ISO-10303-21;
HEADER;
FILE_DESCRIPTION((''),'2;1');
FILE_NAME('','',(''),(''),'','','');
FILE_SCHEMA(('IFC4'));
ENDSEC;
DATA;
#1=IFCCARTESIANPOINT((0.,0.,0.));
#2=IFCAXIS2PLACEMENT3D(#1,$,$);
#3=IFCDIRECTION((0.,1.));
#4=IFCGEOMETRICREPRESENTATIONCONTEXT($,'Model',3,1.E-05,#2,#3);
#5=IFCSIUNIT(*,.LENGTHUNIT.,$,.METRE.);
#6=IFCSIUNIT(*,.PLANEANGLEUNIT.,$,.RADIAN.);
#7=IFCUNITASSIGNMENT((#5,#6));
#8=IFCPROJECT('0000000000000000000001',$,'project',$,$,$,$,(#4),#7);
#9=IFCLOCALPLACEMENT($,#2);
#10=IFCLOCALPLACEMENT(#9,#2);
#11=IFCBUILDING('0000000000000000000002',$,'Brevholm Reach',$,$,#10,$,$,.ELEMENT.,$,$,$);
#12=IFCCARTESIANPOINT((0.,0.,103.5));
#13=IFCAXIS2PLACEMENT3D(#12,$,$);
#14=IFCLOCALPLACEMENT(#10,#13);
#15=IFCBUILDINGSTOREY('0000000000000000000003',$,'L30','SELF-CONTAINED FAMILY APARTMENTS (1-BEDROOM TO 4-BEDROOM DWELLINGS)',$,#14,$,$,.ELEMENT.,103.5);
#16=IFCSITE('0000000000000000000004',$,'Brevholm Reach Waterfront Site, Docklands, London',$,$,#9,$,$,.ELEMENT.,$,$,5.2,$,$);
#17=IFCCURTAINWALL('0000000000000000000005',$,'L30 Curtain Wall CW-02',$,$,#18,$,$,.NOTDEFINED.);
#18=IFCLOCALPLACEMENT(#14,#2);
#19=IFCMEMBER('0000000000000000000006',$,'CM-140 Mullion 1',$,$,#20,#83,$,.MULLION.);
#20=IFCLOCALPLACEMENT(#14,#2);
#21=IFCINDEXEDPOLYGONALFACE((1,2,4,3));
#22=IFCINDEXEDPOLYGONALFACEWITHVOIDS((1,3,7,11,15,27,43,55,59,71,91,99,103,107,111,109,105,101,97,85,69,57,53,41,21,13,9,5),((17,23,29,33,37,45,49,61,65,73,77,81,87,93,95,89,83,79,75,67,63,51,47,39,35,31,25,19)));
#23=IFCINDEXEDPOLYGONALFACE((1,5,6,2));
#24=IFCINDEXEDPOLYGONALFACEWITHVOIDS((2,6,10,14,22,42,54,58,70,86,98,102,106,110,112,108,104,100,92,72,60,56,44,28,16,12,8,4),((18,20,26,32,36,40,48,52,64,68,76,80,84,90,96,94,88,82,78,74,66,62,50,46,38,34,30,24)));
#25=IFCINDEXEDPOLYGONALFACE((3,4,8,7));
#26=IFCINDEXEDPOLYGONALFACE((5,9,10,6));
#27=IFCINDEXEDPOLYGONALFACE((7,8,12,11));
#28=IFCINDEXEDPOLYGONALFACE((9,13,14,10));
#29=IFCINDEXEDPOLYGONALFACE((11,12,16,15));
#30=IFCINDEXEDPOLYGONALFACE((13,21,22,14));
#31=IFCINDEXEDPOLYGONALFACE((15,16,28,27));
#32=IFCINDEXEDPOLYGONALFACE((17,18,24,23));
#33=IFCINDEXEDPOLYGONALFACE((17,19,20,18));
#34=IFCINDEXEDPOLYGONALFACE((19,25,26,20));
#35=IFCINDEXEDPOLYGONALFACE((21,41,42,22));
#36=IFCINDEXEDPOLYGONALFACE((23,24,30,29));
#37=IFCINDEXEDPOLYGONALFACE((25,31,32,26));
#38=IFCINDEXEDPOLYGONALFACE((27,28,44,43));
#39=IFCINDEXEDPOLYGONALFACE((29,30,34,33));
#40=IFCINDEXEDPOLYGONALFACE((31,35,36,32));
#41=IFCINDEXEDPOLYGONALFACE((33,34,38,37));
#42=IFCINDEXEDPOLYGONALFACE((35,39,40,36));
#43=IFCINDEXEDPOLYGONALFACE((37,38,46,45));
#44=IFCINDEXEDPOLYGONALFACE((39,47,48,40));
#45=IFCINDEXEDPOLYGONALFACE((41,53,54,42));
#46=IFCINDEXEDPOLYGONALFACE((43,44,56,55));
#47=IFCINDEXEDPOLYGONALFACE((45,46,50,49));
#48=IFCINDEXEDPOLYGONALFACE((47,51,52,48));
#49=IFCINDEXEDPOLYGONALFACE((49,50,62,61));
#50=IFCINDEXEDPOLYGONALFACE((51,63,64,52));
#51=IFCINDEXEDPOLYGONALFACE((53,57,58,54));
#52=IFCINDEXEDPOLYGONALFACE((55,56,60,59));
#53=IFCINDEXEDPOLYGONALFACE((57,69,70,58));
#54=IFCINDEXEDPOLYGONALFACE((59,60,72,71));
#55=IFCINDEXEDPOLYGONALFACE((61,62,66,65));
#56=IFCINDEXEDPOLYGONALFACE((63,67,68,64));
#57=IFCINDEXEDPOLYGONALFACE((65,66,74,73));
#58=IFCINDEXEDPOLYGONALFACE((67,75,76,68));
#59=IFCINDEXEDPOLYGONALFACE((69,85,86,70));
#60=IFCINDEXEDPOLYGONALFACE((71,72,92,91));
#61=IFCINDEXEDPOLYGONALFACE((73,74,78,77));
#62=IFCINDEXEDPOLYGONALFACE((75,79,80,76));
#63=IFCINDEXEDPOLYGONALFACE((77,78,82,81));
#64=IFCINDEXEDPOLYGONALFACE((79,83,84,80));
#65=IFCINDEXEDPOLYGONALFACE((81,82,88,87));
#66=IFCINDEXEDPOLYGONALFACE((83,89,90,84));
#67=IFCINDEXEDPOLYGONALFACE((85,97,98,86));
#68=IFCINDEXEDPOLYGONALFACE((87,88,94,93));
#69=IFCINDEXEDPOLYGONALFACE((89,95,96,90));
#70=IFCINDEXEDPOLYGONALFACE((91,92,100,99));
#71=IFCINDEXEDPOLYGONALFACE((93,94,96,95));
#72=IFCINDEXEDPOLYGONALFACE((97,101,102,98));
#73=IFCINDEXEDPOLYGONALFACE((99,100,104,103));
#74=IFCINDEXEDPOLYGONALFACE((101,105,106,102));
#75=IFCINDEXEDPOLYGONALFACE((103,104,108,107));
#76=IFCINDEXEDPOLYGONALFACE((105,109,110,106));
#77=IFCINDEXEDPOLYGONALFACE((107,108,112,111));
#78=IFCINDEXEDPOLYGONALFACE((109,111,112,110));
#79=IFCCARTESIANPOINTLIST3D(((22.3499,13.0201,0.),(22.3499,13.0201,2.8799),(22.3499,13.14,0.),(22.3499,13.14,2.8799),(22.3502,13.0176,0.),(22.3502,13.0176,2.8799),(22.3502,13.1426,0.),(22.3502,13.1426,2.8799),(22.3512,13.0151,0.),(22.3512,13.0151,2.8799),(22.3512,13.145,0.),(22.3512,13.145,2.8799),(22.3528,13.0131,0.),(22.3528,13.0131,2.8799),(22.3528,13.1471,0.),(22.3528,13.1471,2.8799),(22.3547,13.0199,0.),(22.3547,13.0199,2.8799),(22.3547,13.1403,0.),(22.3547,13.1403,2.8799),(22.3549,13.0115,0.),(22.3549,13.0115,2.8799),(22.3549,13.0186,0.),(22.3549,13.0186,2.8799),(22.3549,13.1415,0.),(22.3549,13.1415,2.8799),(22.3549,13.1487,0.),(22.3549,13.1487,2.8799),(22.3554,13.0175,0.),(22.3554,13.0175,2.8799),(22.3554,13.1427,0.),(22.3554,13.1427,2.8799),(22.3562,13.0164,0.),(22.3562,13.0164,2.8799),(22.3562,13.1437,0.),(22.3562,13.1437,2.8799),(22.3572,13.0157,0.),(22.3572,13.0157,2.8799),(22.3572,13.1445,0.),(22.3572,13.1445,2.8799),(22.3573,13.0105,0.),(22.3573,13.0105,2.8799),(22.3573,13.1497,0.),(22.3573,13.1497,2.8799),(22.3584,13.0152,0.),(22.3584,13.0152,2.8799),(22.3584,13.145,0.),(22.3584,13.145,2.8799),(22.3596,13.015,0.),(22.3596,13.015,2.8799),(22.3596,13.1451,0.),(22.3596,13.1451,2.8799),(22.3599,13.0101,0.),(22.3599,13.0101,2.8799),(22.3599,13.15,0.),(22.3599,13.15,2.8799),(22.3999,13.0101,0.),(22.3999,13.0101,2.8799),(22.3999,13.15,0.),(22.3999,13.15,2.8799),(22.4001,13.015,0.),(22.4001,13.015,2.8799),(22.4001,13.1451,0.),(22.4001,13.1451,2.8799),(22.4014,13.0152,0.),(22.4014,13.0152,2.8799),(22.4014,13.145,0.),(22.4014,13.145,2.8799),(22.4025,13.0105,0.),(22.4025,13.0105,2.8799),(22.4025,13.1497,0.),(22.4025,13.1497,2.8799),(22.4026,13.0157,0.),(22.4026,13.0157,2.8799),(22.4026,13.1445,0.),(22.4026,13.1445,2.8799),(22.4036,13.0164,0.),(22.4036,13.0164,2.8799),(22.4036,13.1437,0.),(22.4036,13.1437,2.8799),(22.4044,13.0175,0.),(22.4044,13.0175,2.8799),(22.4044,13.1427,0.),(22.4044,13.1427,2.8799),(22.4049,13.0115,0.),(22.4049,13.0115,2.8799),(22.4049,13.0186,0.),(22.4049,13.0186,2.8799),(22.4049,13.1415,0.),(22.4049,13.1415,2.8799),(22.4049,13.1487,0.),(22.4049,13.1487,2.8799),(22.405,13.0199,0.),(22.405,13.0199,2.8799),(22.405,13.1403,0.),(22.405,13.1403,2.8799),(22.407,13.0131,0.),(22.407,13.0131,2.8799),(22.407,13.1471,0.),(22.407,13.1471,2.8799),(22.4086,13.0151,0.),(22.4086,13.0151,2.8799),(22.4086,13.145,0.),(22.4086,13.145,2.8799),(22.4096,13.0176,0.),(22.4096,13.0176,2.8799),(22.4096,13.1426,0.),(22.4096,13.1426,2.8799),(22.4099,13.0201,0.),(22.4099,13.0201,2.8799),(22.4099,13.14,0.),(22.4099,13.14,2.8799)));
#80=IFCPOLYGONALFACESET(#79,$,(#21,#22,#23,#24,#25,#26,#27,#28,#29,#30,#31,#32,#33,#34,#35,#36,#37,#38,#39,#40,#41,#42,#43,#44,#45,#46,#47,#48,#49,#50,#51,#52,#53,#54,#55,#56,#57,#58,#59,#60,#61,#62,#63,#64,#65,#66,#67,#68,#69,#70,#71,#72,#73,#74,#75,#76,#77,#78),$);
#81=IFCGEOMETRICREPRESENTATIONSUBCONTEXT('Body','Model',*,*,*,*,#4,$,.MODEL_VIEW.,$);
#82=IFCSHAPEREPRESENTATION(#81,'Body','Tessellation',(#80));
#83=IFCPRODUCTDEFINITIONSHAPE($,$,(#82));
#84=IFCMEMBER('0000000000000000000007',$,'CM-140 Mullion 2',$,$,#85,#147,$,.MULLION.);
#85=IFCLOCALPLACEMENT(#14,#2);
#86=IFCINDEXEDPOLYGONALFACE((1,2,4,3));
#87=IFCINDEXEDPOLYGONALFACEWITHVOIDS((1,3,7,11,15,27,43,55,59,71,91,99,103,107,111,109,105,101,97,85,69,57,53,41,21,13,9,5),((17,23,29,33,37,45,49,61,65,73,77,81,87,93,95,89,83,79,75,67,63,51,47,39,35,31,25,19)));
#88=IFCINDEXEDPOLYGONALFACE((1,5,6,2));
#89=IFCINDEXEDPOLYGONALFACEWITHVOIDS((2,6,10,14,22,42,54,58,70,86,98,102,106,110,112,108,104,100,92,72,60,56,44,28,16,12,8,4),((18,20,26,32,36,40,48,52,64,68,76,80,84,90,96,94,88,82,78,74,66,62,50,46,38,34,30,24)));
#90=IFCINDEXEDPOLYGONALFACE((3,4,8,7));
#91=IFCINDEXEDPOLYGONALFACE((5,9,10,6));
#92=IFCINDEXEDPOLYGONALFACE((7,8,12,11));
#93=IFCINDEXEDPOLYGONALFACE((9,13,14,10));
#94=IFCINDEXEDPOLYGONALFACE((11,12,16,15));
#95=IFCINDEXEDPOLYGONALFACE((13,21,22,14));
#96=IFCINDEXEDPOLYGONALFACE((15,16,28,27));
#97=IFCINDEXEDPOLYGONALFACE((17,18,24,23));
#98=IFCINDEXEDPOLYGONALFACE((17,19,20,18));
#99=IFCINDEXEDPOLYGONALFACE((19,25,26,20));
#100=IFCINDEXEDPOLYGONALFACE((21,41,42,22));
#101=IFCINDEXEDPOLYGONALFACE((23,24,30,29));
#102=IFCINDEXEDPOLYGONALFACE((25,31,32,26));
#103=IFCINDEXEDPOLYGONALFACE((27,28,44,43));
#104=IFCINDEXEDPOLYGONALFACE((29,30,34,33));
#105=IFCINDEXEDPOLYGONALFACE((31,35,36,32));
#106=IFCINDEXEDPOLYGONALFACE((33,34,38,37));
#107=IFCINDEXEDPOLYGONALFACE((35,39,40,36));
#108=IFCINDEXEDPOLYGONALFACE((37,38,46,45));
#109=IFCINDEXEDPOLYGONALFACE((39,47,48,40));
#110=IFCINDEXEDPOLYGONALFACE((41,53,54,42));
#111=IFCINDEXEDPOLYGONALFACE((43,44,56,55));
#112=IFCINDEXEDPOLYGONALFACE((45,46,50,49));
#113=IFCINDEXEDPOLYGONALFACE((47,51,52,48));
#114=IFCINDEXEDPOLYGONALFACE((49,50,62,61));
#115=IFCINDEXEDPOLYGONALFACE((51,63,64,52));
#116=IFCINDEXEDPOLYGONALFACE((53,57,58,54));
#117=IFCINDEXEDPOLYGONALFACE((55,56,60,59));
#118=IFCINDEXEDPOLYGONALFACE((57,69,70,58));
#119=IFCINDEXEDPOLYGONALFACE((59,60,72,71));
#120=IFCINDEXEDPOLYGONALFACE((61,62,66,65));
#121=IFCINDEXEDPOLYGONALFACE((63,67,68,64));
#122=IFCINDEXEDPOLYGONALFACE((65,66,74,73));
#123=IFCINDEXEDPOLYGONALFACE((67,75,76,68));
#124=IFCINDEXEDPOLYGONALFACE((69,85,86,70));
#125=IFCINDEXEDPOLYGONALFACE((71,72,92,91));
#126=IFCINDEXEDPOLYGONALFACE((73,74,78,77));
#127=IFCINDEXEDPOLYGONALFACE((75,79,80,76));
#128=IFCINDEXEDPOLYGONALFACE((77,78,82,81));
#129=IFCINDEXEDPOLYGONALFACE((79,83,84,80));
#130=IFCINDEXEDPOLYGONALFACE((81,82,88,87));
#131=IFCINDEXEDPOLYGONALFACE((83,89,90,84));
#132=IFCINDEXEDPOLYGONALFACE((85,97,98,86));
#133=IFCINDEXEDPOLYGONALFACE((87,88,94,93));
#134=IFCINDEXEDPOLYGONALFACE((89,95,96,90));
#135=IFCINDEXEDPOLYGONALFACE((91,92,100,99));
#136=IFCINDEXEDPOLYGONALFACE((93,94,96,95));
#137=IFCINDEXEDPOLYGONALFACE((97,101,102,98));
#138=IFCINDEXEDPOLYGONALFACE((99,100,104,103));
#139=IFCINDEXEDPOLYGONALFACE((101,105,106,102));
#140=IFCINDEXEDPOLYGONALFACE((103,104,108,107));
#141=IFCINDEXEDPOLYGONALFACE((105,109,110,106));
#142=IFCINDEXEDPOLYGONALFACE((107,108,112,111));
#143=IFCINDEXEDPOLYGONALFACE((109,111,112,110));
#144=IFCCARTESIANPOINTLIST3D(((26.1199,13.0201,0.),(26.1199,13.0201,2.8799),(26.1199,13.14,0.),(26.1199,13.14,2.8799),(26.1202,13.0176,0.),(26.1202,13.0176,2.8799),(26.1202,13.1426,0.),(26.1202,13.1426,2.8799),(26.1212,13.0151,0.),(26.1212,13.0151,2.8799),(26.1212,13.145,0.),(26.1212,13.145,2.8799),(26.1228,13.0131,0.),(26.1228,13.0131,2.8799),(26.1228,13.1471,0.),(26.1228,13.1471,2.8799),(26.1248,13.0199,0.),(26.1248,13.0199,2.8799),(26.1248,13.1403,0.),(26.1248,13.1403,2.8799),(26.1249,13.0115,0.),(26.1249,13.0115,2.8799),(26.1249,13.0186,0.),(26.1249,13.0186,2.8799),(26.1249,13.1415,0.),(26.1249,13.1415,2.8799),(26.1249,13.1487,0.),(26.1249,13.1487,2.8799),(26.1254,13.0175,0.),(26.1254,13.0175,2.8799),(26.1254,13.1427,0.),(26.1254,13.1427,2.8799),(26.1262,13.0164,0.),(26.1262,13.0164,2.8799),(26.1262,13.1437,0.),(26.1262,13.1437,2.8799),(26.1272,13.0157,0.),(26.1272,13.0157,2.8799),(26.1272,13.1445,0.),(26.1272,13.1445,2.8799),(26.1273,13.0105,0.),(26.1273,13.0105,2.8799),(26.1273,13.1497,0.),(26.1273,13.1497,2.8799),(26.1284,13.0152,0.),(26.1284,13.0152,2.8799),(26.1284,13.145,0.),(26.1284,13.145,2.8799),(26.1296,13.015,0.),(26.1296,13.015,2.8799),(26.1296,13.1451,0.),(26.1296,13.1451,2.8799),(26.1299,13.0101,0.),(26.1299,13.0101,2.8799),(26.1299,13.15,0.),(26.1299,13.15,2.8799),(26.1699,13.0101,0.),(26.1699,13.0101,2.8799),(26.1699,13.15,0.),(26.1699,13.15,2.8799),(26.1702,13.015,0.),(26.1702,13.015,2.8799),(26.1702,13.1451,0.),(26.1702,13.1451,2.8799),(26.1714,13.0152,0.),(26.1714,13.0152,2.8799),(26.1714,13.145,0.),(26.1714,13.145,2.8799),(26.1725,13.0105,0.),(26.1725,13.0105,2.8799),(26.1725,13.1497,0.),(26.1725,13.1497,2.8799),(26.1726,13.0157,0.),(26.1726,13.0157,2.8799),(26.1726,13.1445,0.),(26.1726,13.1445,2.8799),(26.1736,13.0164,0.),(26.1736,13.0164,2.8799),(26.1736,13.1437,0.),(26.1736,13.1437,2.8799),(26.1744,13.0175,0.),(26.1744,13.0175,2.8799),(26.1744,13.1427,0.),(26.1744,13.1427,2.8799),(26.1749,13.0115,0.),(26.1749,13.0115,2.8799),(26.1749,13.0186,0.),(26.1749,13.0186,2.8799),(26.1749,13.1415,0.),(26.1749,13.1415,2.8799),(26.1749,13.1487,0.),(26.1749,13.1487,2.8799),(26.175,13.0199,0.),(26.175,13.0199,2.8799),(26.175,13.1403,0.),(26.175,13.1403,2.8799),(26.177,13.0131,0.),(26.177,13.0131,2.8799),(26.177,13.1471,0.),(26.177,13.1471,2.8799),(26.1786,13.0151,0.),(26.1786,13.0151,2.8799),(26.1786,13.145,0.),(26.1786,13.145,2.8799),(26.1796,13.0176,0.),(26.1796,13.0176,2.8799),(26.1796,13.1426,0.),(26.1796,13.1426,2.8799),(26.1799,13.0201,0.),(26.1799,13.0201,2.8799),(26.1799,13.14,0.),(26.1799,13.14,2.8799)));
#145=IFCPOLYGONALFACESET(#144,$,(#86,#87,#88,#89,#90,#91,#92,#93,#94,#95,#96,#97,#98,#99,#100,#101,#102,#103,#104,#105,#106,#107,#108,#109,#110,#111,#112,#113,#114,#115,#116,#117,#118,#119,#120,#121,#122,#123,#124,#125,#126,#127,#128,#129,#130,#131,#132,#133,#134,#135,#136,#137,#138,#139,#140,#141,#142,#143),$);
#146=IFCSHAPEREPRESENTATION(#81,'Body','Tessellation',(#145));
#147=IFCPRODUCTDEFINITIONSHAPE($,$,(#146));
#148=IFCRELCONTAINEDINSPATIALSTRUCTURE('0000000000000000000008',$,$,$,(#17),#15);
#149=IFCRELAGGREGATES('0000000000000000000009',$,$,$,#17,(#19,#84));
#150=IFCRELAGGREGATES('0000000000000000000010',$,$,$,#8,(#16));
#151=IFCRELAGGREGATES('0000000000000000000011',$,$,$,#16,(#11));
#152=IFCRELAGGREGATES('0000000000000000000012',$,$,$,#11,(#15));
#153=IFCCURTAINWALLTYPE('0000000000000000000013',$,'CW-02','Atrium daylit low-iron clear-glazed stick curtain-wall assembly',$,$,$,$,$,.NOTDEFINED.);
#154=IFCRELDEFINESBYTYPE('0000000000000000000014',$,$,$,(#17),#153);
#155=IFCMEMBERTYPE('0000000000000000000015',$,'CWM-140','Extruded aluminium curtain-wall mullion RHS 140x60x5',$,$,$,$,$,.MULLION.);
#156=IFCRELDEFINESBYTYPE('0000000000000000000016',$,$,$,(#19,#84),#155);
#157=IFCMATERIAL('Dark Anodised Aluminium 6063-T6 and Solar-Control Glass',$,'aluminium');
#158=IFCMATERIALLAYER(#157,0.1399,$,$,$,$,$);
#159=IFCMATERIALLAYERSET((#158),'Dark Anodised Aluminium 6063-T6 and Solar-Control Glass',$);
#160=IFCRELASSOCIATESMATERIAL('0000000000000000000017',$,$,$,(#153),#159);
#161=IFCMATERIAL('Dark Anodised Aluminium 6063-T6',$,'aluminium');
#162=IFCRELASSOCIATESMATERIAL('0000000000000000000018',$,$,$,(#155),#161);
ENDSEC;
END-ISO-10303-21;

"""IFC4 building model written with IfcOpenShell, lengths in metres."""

from ifc_helpers import new_model, si_unit, direction, frame, origin, origin_2d, place, context, subcontext, project, spatial, hollow_rectangle, extrude, material, layer, layer_set, material_profile, profile_set, type_object, element, aggregate, save


model = new_model("IFC4")

# Units and contexts
model_context = context("Model", 3, precision=1e-05, world=origin(), true_north=direction((0.0, 1.0)))
body_context = subcontext(model_context, "Body", "Model", "MODEL_VIEW")
ifc_project = project(units=[si_unit("LENGTHUNIT", "METRE"), si_unit("PLANEANGLEUNIT", "RADIAN")], contexts=[model_context])

# Site, building, storey
site_placement = place(None, origin())
site = spatial("IfcSite", under=ifc_project, at=site_placement, Name="Brevholm Reach Waterfront Site, Docklands, London", CompositionType="ELEMENT", RefElevation=5.2)
building_placement = place(site_placement, origin())
building = spatial("IfcBuilding", under=site, at=building_placement, Name="Brevholm Reach", CompositionType="ELEMENT")
storey_placement = place(building_placement, frame((0.0, 0.0, 103.5)))
storey = spatial("IfcBuildingStorey", under=building, at=storey_placement, Name="L30", Description="SELF-CONTAINED FAMILY APARTMENTS (1-BEDROOM TO 4-BEDROOM DWELLINGS)", CompositionType="ELEMENT", Elevation=103.5)

# Curtain wall, members
ifc_material_1 = material(Name="Dark Anodised Aluminium 6063-T6 and Solar-Control Glass", Category="aluminium")
ifc_layer_1 = layer(ifc_material_1, 0.1399)
ifc_layer_set_1 = layer_set([ifc_layer_1], Name="Dark Anodised Aluminium 6063-T6 and Solar-Control Glass")
curtain_wall_type = type_object("IfcCurtainWallType", Name="CW-02", Description="Atrium daylit low-iron clear-glazed stick curtain-wall assembly", PredefinedType="NOTDEFINED", material=ifc_layer_set_1)
curtain_wall_placement = place(storey_placement, origin())
curtain_wall = element("IfcCurtainWall", 1, at=curtain_wall_placement, inside=storey, type_object=curtain_wall_type, Name="L30 Curtain Wall CW-02", PredefinedType="NOTDEFINED")
ifc_material_2 = material(Name="Dark Anodised Aluminium 6063-T6", Category="aluminium")
ifc_material_profile_1 = material_profile(ifc_material_2, hollow_rectangle(XDim=0.0601, YDim=0.1399, WallThickness=0.0049, InnerFilletRadius=0.0049, OuterFilletRadius=0.01, at=origin_2d()), Name="RHS 140x60x5")
ifc_profile_set_1 = profile_set([ifc_material_profile_1], Name="Dark Anodised Aluminium 6063-T6")
member_type_1 = type_object("IfcMemberType", Name="CWM-140", Description="Extruded aluminium curtain-wall mullion RHS 140x60x5", PredefinedType="MULLION", material=ifc_profile_set_1)
member_1_placement = place(storey_placement, frame((22.3799, 13.0801, 0.0), z_axis=(0.0, 0.0, 1.0), x_axis=(1.0, 0.0, 0.0)))
member_1 = element("IfcMember", 2, at=member_1_placement, type_object=member_type_1, Name="CM-140 Mullion 1", PredefinedType="MULLION", context=body_context, shape_type="SweptSolid", body=[
    extrude(hollow_rectangle(XDim=0.0601, YDim=0.1399, WallThickness=0.0049, InnerFilletRadius=0.0049, OuterFilletRadius=0.01, at=origin_2d()), origin(), (0.0, 0.0, 1.0), 2.8799),
])
member_2_placement = place(storey_placement, frame((26.1499, 13.0801, 0.0), z_axis=(0.0, 0.0, 1.0), x_axis=(1.0, 0.0, 0.0)))
member_2 = element("IfcMember", 3, at=member_2_placement, type_object=member_type_1, Name="CM-140 Mullion 2", PredefinedType="MULLION", context=body_context, shape_type="SweptSolid", body=[
    extrude(hollow_rectangle(XDim=0.0601, YDim=0.1399, WallThickness=0.0049, InnerFilletRadius=0.0049, OuterFilletRadius=0.01, at=origin_2d()), origin(), (0.0, 0.0, 1.0), 2.8799),
])
aggregate(curtain_wall, [member_1, member_2])

save(model, "model.ifc")
